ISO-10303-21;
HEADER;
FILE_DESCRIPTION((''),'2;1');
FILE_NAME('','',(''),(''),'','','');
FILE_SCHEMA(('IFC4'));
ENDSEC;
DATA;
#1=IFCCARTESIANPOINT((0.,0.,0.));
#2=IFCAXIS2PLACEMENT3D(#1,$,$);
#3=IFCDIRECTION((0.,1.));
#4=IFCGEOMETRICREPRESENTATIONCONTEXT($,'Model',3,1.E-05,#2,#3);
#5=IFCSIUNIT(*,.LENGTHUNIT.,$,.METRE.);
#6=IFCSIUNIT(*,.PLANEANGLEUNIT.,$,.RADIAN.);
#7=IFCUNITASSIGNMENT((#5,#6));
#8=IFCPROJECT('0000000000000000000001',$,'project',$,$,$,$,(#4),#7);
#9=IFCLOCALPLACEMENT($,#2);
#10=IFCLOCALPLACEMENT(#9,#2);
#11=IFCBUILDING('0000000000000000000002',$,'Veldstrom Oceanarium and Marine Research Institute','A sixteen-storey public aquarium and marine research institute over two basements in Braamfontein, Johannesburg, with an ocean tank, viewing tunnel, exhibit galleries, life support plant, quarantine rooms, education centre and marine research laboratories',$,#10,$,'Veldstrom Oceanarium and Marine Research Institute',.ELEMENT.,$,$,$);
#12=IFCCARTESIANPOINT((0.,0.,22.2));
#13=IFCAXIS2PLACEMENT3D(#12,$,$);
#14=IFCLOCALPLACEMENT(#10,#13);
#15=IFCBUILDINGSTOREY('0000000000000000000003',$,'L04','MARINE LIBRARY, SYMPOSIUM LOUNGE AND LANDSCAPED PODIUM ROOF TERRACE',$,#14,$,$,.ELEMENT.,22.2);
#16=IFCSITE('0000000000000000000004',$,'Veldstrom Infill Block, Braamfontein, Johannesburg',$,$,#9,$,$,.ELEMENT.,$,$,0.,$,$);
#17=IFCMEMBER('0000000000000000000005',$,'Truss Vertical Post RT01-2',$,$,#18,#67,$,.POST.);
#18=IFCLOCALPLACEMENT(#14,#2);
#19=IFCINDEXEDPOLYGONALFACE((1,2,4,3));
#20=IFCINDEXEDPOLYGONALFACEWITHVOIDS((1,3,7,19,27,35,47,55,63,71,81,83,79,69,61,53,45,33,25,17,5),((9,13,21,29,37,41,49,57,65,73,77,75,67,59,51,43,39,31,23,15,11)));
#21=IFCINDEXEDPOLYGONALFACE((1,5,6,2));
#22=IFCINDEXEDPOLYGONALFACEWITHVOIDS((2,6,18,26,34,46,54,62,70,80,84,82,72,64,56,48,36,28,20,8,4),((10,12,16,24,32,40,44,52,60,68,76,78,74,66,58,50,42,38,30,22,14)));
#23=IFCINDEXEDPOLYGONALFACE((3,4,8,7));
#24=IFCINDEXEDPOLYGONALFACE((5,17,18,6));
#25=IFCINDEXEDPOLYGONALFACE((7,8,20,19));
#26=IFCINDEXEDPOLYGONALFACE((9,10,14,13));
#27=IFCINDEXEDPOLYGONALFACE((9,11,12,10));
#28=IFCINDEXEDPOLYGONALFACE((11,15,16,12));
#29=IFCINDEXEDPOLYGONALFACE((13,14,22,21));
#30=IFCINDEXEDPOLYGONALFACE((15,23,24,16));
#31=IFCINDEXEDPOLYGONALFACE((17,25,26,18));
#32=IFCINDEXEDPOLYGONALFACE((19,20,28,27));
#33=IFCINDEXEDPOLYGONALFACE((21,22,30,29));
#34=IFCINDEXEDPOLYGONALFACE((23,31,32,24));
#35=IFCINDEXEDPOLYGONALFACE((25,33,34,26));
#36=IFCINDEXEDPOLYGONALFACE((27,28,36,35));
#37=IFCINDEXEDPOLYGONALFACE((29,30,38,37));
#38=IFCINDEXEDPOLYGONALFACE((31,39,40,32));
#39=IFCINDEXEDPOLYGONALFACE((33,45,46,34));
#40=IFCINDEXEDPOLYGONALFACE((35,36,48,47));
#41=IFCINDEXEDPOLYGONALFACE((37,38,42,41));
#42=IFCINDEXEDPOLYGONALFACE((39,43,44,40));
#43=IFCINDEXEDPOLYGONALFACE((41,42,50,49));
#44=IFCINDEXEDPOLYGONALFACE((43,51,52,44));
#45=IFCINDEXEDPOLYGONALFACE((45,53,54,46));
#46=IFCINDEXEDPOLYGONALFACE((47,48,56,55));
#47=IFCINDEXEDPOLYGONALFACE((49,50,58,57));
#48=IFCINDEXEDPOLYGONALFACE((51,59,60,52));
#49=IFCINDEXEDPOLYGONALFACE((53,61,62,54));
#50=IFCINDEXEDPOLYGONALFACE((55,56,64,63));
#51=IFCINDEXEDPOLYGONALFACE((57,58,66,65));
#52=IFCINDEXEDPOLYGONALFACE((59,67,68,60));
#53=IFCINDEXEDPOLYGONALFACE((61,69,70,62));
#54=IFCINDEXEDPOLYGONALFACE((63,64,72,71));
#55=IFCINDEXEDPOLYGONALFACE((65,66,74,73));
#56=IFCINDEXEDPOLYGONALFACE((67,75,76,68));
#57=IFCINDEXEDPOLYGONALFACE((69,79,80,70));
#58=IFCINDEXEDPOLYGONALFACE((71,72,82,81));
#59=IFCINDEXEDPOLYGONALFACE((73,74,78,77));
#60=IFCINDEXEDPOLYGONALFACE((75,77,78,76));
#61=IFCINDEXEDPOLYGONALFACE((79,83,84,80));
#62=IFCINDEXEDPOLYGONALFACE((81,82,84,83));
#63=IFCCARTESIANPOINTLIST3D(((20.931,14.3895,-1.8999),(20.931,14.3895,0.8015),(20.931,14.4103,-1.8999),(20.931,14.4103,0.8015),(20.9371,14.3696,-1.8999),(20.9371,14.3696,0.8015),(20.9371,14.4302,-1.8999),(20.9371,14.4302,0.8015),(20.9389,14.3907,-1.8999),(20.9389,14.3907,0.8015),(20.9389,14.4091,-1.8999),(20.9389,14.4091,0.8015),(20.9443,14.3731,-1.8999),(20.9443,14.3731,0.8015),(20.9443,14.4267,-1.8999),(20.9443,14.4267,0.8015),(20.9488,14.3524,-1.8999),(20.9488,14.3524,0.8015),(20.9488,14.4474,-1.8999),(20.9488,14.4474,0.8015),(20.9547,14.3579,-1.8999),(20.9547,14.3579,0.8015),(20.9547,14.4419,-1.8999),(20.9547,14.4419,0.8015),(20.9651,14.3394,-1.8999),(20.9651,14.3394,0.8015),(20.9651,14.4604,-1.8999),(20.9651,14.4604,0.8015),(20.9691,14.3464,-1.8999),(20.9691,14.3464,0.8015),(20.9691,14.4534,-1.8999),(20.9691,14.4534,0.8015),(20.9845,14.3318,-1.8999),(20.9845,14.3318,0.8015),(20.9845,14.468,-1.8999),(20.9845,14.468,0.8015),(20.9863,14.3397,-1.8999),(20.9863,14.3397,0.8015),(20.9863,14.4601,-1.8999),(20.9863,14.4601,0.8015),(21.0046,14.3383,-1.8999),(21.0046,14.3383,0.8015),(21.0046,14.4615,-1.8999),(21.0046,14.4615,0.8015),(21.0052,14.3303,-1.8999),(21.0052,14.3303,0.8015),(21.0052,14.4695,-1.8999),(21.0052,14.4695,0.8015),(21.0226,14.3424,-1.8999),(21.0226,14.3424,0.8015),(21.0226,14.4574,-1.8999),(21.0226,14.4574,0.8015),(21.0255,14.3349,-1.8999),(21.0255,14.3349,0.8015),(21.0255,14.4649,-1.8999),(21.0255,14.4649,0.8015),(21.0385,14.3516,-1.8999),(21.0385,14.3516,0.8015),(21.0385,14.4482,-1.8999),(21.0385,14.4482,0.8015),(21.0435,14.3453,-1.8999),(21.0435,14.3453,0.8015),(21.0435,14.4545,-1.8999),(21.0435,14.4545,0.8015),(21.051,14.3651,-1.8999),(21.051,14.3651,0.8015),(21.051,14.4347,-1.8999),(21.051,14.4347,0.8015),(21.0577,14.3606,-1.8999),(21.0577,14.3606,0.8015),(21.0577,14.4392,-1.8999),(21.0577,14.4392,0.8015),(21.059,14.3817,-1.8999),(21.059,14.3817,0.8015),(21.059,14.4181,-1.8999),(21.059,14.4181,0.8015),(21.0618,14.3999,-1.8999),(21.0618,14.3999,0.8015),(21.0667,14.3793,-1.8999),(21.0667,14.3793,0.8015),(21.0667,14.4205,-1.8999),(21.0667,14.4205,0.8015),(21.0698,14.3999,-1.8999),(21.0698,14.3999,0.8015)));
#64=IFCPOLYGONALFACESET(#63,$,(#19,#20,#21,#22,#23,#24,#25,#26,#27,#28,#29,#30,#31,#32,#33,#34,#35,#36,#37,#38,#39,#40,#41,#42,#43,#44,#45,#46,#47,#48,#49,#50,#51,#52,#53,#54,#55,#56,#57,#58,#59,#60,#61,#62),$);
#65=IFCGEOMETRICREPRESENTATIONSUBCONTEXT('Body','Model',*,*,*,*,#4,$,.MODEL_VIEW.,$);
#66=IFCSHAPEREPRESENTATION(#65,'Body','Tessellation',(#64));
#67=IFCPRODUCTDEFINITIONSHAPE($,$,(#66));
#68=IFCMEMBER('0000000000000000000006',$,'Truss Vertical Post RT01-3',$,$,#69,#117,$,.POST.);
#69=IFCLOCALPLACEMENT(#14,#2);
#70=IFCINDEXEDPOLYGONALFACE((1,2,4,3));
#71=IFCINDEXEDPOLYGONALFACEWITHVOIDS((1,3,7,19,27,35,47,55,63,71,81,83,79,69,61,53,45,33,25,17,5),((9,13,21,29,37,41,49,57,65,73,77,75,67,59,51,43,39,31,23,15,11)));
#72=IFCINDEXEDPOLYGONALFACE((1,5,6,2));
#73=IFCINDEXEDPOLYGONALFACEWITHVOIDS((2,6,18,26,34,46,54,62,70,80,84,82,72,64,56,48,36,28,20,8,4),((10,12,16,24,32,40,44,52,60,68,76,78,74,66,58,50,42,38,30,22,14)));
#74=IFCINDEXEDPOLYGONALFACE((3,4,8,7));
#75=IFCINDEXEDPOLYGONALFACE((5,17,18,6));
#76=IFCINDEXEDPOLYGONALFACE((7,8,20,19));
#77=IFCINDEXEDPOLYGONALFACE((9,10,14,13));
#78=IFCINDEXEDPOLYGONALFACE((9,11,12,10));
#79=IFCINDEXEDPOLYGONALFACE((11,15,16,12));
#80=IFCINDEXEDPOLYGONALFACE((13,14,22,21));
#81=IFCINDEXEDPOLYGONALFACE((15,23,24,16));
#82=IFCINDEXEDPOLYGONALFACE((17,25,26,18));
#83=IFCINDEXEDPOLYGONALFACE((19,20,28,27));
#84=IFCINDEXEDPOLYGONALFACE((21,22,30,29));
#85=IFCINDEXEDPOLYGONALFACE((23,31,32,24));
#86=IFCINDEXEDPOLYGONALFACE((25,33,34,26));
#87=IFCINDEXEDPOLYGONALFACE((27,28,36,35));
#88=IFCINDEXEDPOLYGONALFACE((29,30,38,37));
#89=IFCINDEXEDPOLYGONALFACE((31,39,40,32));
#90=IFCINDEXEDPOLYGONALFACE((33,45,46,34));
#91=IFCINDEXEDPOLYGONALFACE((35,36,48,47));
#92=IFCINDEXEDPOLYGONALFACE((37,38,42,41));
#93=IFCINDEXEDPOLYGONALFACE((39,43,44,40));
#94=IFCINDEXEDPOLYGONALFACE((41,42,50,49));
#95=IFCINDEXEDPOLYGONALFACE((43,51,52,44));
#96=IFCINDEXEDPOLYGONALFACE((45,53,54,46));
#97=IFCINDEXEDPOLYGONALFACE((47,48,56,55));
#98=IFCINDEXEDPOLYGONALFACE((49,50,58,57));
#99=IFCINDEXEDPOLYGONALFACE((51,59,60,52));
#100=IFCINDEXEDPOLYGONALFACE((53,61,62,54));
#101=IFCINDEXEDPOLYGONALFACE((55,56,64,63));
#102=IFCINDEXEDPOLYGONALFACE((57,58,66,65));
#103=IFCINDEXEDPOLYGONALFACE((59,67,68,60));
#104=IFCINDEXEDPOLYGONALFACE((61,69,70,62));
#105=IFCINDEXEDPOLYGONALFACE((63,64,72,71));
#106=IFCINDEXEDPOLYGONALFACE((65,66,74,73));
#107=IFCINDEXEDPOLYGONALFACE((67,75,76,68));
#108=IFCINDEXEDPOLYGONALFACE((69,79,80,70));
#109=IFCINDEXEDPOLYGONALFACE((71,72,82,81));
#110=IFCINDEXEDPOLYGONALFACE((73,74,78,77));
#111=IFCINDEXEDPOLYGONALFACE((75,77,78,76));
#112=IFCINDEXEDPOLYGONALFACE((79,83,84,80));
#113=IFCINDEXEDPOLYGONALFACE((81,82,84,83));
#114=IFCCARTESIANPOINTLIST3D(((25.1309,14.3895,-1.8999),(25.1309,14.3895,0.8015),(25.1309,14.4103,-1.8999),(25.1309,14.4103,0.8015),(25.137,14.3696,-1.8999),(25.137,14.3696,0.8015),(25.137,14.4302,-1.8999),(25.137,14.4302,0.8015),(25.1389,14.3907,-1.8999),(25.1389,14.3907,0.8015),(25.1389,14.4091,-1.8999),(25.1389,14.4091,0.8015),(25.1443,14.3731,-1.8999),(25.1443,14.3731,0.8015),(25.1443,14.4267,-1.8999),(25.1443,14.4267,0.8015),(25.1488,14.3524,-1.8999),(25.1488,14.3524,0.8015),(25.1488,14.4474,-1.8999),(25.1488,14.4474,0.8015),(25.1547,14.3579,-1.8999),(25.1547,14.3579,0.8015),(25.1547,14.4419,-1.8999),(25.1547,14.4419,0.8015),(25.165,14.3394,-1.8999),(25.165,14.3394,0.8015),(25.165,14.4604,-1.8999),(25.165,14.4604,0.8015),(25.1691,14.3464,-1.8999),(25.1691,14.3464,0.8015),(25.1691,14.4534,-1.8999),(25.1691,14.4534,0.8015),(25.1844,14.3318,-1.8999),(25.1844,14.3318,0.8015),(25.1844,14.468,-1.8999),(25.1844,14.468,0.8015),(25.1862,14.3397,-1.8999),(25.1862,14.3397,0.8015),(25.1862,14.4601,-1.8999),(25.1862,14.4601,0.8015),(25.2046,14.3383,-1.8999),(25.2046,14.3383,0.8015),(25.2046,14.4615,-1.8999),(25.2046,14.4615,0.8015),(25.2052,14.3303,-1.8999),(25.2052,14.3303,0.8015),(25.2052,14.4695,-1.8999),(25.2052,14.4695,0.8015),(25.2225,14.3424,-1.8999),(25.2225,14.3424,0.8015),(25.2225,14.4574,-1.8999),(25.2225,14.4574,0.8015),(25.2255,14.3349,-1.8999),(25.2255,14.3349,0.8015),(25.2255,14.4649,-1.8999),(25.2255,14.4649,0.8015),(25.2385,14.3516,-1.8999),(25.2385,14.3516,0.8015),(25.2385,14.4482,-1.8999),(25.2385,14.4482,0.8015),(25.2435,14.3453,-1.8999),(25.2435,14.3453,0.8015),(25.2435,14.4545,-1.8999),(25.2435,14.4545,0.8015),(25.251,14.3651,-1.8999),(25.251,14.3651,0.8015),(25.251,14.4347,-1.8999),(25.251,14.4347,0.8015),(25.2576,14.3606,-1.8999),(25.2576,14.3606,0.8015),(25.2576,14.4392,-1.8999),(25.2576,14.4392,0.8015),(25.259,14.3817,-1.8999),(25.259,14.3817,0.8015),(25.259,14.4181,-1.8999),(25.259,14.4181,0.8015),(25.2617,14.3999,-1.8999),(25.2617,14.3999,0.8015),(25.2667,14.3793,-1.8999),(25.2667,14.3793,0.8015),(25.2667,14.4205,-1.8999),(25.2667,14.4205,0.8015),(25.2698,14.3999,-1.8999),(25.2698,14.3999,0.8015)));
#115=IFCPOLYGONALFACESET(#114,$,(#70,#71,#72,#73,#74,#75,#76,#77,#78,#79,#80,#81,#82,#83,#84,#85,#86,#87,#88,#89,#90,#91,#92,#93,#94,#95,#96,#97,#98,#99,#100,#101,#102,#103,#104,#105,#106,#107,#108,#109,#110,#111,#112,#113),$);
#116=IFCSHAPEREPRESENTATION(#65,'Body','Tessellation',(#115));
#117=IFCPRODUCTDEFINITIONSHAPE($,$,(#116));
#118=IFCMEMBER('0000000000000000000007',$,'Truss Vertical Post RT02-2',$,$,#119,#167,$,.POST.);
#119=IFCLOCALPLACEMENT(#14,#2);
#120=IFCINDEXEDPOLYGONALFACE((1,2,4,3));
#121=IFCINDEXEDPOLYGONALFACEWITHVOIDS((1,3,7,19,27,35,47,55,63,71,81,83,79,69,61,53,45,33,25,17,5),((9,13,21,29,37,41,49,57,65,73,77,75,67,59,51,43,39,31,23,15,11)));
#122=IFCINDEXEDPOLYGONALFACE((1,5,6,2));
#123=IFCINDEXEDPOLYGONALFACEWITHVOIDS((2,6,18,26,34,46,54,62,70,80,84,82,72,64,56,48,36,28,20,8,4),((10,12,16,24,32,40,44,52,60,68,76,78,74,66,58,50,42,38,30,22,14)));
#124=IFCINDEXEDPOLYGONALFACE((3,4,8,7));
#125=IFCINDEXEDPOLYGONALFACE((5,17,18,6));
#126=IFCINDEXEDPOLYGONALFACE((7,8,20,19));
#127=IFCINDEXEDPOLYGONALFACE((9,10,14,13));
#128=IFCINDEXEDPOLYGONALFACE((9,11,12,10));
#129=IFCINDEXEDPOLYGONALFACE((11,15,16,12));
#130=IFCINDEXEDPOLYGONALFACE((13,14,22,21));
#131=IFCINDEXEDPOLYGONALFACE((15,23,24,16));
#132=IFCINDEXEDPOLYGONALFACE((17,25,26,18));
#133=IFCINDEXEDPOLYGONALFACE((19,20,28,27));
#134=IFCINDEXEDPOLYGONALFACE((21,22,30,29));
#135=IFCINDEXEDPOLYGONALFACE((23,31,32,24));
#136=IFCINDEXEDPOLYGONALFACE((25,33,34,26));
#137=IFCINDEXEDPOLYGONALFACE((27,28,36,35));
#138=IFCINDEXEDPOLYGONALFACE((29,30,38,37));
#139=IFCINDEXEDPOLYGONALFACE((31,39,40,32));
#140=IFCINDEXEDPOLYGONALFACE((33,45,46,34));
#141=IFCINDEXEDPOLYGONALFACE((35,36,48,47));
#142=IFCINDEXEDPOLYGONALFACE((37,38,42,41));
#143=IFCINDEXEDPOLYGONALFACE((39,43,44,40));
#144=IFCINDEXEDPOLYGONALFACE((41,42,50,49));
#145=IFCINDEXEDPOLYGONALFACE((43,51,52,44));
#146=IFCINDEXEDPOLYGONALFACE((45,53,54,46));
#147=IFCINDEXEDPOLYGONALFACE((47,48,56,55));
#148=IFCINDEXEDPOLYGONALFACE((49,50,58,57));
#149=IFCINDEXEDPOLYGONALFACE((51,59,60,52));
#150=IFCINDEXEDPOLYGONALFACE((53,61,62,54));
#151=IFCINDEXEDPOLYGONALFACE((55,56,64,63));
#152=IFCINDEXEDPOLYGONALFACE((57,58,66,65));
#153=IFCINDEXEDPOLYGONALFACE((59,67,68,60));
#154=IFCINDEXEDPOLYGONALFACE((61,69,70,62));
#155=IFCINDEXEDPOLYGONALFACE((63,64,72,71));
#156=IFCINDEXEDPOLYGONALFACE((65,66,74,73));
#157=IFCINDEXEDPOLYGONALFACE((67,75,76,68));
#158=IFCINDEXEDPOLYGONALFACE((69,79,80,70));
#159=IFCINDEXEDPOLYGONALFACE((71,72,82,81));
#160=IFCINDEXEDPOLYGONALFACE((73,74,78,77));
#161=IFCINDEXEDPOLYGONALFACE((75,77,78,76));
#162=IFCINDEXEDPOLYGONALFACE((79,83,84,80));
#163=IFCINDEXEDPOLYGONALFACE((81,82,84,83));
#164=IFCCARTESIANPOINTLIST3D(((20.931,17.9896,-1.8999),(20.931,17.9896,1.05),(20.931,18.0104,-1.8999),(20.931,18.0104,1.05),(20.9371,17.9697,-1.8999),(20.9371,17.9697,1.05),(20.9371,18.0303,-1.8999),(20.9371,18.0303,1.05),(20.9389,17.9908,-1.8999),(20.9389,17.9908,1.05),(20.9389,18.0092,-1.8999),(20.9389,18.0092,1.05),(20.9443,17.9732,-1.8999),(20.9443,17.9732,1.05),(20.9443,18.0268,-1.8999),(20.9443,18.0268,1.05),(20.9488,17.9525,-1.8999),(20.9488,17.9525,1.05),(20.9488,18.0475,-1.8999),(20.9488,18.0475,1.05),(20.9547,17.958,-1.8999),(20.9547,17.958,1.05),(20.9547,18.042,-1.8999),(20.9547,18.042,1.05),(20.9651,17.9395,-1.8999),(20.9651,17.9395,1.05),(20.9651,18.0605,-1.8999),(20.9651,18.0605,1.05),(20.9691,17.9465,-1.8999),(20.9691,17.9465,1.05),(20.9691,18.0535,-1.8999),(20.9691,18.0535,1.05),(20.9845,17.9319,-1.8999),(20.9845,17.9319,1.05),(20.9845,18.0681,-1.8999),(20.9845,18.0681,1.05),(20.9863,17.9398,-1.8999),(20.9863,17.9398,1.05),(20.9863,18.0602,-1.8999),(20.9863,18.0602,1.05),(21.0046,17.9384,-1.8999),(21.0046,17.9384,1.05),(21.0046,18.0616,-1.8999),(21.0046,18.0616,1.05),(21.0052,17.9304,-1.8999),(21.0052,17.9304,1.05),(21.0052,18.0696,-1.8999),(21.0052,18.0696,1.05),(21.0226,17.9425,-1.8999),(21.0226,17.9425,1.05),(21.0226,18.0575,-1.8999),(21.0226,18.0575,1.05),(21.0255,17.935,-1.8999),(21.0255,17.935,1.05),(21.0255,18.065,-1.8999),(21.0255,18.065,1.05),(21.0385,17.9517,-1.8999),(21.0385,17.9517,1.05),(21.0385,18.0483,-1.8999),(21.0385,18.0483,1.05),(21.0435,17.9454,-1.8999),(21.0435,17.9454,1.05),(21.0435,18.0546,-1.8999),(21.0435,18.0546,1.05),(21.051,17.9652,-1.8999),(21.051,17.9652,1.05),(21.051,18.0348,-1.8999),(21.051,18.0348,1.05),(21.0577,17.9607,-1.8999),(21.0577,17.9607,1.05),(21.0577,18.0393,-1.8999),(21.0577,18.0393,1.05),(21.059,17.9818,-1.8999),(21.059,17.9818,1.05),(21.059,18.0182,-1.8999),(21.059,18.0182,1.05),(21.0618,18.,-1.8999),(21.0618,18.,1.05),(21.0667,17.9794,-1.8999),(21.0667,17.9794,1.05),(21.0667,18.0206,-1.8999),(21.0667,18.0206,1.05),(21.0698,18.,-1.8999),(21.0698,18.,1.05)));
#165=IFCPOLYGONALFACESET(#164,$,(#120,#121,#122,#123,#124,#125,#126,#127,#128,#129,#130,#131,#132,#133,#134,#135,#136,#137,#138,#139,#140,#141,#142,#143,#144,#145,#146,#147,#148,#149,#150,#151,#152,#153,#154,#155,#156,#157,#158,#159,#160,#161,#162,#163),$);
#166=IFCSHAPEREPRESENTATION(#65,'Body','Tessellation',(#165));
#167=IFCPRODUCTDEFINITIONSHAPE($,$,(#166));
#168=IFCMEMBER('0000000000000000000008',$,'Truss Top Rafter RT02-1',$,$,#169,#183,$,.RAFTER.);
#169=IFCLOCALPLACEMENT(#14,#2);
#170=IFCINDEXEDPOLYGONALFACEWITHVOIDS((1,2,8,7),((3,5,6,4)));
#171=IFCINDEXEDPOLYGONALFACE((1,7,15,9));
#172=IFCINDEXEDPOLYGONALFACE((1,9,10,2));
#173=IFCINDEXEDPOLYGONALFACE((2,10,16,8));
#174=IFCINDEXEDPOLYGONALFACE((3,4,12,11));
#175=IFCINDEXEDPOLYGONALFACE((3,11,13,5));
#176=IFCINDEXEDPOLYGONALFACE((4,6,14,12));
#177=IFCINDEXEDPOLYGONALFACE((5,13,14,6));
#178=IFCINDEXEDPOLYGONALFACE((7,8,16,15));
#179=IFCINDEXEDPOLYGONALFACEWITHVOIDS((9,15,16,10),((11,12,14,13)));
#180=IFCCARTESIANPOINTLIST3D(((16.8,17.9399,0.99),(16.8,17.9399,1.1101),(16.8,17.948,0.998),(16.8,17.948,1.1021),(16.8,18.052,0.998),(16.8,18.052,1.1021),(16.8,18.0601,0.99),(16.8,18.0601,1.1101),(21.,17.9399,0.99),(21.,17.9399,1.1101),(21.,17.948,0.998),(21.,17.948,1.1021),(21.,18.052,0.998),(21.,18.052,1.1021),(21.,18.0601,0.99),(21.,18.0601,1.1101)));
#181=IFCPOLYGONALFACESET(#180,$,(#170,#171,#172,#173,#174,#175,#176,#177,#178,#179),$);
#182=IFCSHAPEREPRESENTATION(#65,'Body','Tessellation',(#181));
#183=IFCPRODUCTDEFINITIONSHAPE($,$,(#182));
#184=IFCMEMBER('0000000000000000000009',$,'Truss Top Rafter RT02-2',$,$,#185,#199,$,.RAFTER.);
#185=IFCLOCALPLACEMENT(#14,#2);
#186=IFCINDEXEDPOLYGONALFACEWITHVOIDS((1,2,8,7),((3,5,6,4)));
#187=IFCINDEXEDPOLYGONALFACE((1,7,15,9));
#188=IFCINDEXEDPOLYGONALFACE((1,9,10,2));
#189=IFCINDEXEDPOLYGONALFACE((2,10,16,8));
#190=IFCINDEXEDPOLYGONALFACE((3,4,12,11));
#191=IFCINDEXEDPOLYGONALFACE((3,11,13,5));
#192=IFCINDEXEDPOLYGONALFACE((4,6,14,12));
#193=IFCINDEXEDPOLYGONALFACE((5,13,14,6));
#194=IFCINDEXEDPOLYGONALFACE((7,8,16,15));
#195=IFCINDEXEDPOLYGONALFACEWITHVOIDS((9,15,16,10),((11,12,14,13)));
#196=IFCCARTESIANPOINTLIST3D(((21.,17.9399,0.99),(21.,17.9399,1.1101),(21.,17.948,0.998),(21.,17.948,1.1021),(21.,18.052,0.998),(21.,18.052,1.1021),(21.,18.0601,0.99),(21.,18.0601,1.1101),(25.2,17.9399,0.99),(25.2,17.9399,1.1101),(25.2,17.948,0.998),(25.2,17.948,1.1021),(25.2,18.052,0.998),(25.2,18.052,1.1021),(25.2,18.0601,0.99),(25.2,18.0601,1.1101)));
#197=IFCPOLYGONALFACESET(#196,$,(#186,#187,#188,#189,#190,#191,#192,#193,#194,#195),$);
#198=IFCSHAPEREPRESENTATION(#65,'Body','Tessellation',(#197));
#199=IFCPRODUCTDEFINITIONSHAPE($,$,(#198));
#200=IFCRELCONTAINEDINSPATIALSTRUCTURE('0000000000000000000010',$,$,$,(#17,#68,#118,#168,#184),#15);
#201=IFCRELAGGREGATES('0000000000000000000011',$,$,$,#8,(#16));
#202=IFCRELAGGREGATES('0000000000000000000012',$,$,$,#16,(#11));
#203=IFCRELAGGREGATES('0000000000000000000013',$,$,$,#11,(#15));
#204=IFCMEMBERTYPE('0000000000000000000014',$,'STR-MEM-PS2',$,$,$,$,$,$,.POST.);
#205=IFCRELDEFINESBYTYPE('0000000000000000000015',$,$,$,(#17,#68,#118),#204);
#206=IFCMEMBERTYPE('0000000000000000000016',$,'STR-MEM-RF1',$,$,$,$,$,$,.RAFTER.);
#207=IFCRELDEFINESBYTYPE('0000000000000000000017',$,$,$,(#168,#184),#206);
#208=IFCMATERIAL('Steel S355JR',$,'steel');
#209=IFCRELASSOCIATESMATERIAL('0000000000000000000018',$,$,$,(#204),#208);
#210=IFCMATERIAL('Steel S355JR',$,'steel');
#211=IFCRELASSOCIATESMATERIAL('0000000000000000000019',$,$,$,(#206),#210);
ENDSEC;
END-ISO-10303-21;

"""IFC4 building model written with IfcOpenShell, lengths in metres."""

from ifc_helpers import new_model, si_unit, direction, frame, origin, origin_2d, place, context, subcontext, project, spatial, hollow_rectangle, hollow_circle, extrude, material, material_profile, profile_set, type_object, element, save


model = new_model("IFC4")

# Units and contexts
model_context = context("Model", 3, precision=1e-05, world=origin(), true_north=direction((0.0, 1.0)))
body_context = subcontext(model_context, "Body", "Model", "MODEL_VIEW")
ifc_project = project(units=[si_unit("LENGTHUNIT", "METRE"), si_unit("PLANEANGLEUNIT", "RADIAN")], contexts=[model_context])

# Site, building, storey
site_placement = place(None, origin())
site = spatial("IfcSite", under=ifc_project, at=site_placement, Name="Veldstrom Infill Block, Braamfontein, Johannesburg", CompositionType="ELEMENT", RefElevation=0.0)
building_placement = place(site_placement, origin())
building = spatial("IfcBuilding", under=site, at=building_placement, Name="Veldstrom Oceanarium and Marine Research Institute", Description="A sixteen-storey public aquarium and marine research institute over two basements in Braamfontein, Johannesburg, with an ocean tank, viewing tunnel, exhibit galleries, life support plant, quarantine rooms, education centre and marine research laboratories", LongName="Veldstrom Oceanarium and Marine Research Institute", CompositionType="ELEMENT")
storey_placement = place(building_placement, frame((0.0, 0.0, 22.2)))
storey = spatial("IfcBuildingStorey", under=building, at=storey_placement, Name="L04", Description="MARINE LIBRARY, SYMPOSIUM LOUNGE AND LANDSCAPED PODIUM ROOF TERRACE", CompositionType="ELEMENT", Elevation=22.2)

# Members
ifc_material_1 = material(Name="Steel S355JR", Category="steel")
ifc_material_profile_1 = material_profile(ifc_material_1, hollow_circle(Radius=0.0698, WallThickness=0.0081, at=origin_2d()), Name="CHS 139.7x8")
ifc_profile_set_1 = profile_set([ifc_material_profile_1], Name="Steel S355JR")
member_type_1 = type_object("IfcMemberType", Name="STR-MEM-PS2", PredefinedType="POST", material=ifc_profile_set_1)
for number, where, z_axis, x_axis, name in (
    (1, (21.0, 14.3999, -1.8999), (0.0, 0.0, 1.0), (1.0, 0.0, 0.0), "Truss Vertical Post RT01-2"),
    (2, (25.2, 14.3999, -1.8999), (0.0, 0.0, 1.0), (1.0, 0.0, 0.0), "Truss Vertical Post RT01-3"),
):
    element("IfcMember", number, at=place(storey_placement, frame(where, z_axis=z_axis, x_axis=x_axis)), inside=storey, type_object=member_type_1, Name=name, PredefinedType="POST", context=body_context, shape_type="SweptSolid", body=[
        extrude(hollow_circle(Radius=0.0698, WallThickness=0.0081, at=origin_2d()), origin(), (0.0, 0.0, 1.0), 2.7014),
    ])
member_1_placement = place(storey_placement, frame((21.0, 18.0, -1.8999), z_axis=(0.0, 0.0, 1.0), x_axis=(1.0, 0.0, 0.0)))
element("IfcMember", 3, at=member_1_placement, inside=storey, type_object=member_type_1, Name="Truss Vertical Post RT02-2", PredefinedType="POST", context=body_context, shape_type="SweptSolid", body=[
    extrude(hollow_circle(Radius=0.0698, WallThickness=0.0081, at=origin_2d()), origin(), (0.0, 0.0, 1.0), 2.95),
])
ifc_material_2 = material(Name="Steel S355JR", Category="steel")
ifc_material_profile_2 = material_profile(ifc_material_2, hollow_rectangle(XDim=0.1201, YDim=0.1201, WallThickness=0.0081, at=origin_2d()), Name="SHS 120x120x8")
ifc_profile_set_2 = profile_set([ifc_material_profile_2], Name="Steel S355JR")
member_type_2 = type_object("IfcMemberType", Name="STR-MEM-RF1", PredefinedType="RAFTER", material=ifc_profile_set_2)
for number, where, z_axis, x_axis, name in (
    (4, (16.8, 18.0, 1.05), (1.0, 0.0, 0.0), (0.0, 1.0, 0.0), "Truss Top Rafter RT02-1"),
    (5, (21.0, 18.0, 1.05), (1.0, 0.0, 0.0), (0.0, 1.0, 0.0), "Truss Top Rafter RT02-2"),
):
    element("IfcMember", number, at=place(storey_placement, frame(where, z_axis=z_axis, x_axis=x_axis)), inside=storey, type_object=member_type_2, Name=name, PredefinedType="RAFTER", context=body_context, shape_type="SweptSolid", body=[
        extrude(hollow_rectangle(XDim=0.1201, YDim=0.1201, WallThickness=0.0081, at=origin_2d()), origin(), (0.0, 0.0, 1.0), 4.2),
    ])

save(model, "model.ifc")
